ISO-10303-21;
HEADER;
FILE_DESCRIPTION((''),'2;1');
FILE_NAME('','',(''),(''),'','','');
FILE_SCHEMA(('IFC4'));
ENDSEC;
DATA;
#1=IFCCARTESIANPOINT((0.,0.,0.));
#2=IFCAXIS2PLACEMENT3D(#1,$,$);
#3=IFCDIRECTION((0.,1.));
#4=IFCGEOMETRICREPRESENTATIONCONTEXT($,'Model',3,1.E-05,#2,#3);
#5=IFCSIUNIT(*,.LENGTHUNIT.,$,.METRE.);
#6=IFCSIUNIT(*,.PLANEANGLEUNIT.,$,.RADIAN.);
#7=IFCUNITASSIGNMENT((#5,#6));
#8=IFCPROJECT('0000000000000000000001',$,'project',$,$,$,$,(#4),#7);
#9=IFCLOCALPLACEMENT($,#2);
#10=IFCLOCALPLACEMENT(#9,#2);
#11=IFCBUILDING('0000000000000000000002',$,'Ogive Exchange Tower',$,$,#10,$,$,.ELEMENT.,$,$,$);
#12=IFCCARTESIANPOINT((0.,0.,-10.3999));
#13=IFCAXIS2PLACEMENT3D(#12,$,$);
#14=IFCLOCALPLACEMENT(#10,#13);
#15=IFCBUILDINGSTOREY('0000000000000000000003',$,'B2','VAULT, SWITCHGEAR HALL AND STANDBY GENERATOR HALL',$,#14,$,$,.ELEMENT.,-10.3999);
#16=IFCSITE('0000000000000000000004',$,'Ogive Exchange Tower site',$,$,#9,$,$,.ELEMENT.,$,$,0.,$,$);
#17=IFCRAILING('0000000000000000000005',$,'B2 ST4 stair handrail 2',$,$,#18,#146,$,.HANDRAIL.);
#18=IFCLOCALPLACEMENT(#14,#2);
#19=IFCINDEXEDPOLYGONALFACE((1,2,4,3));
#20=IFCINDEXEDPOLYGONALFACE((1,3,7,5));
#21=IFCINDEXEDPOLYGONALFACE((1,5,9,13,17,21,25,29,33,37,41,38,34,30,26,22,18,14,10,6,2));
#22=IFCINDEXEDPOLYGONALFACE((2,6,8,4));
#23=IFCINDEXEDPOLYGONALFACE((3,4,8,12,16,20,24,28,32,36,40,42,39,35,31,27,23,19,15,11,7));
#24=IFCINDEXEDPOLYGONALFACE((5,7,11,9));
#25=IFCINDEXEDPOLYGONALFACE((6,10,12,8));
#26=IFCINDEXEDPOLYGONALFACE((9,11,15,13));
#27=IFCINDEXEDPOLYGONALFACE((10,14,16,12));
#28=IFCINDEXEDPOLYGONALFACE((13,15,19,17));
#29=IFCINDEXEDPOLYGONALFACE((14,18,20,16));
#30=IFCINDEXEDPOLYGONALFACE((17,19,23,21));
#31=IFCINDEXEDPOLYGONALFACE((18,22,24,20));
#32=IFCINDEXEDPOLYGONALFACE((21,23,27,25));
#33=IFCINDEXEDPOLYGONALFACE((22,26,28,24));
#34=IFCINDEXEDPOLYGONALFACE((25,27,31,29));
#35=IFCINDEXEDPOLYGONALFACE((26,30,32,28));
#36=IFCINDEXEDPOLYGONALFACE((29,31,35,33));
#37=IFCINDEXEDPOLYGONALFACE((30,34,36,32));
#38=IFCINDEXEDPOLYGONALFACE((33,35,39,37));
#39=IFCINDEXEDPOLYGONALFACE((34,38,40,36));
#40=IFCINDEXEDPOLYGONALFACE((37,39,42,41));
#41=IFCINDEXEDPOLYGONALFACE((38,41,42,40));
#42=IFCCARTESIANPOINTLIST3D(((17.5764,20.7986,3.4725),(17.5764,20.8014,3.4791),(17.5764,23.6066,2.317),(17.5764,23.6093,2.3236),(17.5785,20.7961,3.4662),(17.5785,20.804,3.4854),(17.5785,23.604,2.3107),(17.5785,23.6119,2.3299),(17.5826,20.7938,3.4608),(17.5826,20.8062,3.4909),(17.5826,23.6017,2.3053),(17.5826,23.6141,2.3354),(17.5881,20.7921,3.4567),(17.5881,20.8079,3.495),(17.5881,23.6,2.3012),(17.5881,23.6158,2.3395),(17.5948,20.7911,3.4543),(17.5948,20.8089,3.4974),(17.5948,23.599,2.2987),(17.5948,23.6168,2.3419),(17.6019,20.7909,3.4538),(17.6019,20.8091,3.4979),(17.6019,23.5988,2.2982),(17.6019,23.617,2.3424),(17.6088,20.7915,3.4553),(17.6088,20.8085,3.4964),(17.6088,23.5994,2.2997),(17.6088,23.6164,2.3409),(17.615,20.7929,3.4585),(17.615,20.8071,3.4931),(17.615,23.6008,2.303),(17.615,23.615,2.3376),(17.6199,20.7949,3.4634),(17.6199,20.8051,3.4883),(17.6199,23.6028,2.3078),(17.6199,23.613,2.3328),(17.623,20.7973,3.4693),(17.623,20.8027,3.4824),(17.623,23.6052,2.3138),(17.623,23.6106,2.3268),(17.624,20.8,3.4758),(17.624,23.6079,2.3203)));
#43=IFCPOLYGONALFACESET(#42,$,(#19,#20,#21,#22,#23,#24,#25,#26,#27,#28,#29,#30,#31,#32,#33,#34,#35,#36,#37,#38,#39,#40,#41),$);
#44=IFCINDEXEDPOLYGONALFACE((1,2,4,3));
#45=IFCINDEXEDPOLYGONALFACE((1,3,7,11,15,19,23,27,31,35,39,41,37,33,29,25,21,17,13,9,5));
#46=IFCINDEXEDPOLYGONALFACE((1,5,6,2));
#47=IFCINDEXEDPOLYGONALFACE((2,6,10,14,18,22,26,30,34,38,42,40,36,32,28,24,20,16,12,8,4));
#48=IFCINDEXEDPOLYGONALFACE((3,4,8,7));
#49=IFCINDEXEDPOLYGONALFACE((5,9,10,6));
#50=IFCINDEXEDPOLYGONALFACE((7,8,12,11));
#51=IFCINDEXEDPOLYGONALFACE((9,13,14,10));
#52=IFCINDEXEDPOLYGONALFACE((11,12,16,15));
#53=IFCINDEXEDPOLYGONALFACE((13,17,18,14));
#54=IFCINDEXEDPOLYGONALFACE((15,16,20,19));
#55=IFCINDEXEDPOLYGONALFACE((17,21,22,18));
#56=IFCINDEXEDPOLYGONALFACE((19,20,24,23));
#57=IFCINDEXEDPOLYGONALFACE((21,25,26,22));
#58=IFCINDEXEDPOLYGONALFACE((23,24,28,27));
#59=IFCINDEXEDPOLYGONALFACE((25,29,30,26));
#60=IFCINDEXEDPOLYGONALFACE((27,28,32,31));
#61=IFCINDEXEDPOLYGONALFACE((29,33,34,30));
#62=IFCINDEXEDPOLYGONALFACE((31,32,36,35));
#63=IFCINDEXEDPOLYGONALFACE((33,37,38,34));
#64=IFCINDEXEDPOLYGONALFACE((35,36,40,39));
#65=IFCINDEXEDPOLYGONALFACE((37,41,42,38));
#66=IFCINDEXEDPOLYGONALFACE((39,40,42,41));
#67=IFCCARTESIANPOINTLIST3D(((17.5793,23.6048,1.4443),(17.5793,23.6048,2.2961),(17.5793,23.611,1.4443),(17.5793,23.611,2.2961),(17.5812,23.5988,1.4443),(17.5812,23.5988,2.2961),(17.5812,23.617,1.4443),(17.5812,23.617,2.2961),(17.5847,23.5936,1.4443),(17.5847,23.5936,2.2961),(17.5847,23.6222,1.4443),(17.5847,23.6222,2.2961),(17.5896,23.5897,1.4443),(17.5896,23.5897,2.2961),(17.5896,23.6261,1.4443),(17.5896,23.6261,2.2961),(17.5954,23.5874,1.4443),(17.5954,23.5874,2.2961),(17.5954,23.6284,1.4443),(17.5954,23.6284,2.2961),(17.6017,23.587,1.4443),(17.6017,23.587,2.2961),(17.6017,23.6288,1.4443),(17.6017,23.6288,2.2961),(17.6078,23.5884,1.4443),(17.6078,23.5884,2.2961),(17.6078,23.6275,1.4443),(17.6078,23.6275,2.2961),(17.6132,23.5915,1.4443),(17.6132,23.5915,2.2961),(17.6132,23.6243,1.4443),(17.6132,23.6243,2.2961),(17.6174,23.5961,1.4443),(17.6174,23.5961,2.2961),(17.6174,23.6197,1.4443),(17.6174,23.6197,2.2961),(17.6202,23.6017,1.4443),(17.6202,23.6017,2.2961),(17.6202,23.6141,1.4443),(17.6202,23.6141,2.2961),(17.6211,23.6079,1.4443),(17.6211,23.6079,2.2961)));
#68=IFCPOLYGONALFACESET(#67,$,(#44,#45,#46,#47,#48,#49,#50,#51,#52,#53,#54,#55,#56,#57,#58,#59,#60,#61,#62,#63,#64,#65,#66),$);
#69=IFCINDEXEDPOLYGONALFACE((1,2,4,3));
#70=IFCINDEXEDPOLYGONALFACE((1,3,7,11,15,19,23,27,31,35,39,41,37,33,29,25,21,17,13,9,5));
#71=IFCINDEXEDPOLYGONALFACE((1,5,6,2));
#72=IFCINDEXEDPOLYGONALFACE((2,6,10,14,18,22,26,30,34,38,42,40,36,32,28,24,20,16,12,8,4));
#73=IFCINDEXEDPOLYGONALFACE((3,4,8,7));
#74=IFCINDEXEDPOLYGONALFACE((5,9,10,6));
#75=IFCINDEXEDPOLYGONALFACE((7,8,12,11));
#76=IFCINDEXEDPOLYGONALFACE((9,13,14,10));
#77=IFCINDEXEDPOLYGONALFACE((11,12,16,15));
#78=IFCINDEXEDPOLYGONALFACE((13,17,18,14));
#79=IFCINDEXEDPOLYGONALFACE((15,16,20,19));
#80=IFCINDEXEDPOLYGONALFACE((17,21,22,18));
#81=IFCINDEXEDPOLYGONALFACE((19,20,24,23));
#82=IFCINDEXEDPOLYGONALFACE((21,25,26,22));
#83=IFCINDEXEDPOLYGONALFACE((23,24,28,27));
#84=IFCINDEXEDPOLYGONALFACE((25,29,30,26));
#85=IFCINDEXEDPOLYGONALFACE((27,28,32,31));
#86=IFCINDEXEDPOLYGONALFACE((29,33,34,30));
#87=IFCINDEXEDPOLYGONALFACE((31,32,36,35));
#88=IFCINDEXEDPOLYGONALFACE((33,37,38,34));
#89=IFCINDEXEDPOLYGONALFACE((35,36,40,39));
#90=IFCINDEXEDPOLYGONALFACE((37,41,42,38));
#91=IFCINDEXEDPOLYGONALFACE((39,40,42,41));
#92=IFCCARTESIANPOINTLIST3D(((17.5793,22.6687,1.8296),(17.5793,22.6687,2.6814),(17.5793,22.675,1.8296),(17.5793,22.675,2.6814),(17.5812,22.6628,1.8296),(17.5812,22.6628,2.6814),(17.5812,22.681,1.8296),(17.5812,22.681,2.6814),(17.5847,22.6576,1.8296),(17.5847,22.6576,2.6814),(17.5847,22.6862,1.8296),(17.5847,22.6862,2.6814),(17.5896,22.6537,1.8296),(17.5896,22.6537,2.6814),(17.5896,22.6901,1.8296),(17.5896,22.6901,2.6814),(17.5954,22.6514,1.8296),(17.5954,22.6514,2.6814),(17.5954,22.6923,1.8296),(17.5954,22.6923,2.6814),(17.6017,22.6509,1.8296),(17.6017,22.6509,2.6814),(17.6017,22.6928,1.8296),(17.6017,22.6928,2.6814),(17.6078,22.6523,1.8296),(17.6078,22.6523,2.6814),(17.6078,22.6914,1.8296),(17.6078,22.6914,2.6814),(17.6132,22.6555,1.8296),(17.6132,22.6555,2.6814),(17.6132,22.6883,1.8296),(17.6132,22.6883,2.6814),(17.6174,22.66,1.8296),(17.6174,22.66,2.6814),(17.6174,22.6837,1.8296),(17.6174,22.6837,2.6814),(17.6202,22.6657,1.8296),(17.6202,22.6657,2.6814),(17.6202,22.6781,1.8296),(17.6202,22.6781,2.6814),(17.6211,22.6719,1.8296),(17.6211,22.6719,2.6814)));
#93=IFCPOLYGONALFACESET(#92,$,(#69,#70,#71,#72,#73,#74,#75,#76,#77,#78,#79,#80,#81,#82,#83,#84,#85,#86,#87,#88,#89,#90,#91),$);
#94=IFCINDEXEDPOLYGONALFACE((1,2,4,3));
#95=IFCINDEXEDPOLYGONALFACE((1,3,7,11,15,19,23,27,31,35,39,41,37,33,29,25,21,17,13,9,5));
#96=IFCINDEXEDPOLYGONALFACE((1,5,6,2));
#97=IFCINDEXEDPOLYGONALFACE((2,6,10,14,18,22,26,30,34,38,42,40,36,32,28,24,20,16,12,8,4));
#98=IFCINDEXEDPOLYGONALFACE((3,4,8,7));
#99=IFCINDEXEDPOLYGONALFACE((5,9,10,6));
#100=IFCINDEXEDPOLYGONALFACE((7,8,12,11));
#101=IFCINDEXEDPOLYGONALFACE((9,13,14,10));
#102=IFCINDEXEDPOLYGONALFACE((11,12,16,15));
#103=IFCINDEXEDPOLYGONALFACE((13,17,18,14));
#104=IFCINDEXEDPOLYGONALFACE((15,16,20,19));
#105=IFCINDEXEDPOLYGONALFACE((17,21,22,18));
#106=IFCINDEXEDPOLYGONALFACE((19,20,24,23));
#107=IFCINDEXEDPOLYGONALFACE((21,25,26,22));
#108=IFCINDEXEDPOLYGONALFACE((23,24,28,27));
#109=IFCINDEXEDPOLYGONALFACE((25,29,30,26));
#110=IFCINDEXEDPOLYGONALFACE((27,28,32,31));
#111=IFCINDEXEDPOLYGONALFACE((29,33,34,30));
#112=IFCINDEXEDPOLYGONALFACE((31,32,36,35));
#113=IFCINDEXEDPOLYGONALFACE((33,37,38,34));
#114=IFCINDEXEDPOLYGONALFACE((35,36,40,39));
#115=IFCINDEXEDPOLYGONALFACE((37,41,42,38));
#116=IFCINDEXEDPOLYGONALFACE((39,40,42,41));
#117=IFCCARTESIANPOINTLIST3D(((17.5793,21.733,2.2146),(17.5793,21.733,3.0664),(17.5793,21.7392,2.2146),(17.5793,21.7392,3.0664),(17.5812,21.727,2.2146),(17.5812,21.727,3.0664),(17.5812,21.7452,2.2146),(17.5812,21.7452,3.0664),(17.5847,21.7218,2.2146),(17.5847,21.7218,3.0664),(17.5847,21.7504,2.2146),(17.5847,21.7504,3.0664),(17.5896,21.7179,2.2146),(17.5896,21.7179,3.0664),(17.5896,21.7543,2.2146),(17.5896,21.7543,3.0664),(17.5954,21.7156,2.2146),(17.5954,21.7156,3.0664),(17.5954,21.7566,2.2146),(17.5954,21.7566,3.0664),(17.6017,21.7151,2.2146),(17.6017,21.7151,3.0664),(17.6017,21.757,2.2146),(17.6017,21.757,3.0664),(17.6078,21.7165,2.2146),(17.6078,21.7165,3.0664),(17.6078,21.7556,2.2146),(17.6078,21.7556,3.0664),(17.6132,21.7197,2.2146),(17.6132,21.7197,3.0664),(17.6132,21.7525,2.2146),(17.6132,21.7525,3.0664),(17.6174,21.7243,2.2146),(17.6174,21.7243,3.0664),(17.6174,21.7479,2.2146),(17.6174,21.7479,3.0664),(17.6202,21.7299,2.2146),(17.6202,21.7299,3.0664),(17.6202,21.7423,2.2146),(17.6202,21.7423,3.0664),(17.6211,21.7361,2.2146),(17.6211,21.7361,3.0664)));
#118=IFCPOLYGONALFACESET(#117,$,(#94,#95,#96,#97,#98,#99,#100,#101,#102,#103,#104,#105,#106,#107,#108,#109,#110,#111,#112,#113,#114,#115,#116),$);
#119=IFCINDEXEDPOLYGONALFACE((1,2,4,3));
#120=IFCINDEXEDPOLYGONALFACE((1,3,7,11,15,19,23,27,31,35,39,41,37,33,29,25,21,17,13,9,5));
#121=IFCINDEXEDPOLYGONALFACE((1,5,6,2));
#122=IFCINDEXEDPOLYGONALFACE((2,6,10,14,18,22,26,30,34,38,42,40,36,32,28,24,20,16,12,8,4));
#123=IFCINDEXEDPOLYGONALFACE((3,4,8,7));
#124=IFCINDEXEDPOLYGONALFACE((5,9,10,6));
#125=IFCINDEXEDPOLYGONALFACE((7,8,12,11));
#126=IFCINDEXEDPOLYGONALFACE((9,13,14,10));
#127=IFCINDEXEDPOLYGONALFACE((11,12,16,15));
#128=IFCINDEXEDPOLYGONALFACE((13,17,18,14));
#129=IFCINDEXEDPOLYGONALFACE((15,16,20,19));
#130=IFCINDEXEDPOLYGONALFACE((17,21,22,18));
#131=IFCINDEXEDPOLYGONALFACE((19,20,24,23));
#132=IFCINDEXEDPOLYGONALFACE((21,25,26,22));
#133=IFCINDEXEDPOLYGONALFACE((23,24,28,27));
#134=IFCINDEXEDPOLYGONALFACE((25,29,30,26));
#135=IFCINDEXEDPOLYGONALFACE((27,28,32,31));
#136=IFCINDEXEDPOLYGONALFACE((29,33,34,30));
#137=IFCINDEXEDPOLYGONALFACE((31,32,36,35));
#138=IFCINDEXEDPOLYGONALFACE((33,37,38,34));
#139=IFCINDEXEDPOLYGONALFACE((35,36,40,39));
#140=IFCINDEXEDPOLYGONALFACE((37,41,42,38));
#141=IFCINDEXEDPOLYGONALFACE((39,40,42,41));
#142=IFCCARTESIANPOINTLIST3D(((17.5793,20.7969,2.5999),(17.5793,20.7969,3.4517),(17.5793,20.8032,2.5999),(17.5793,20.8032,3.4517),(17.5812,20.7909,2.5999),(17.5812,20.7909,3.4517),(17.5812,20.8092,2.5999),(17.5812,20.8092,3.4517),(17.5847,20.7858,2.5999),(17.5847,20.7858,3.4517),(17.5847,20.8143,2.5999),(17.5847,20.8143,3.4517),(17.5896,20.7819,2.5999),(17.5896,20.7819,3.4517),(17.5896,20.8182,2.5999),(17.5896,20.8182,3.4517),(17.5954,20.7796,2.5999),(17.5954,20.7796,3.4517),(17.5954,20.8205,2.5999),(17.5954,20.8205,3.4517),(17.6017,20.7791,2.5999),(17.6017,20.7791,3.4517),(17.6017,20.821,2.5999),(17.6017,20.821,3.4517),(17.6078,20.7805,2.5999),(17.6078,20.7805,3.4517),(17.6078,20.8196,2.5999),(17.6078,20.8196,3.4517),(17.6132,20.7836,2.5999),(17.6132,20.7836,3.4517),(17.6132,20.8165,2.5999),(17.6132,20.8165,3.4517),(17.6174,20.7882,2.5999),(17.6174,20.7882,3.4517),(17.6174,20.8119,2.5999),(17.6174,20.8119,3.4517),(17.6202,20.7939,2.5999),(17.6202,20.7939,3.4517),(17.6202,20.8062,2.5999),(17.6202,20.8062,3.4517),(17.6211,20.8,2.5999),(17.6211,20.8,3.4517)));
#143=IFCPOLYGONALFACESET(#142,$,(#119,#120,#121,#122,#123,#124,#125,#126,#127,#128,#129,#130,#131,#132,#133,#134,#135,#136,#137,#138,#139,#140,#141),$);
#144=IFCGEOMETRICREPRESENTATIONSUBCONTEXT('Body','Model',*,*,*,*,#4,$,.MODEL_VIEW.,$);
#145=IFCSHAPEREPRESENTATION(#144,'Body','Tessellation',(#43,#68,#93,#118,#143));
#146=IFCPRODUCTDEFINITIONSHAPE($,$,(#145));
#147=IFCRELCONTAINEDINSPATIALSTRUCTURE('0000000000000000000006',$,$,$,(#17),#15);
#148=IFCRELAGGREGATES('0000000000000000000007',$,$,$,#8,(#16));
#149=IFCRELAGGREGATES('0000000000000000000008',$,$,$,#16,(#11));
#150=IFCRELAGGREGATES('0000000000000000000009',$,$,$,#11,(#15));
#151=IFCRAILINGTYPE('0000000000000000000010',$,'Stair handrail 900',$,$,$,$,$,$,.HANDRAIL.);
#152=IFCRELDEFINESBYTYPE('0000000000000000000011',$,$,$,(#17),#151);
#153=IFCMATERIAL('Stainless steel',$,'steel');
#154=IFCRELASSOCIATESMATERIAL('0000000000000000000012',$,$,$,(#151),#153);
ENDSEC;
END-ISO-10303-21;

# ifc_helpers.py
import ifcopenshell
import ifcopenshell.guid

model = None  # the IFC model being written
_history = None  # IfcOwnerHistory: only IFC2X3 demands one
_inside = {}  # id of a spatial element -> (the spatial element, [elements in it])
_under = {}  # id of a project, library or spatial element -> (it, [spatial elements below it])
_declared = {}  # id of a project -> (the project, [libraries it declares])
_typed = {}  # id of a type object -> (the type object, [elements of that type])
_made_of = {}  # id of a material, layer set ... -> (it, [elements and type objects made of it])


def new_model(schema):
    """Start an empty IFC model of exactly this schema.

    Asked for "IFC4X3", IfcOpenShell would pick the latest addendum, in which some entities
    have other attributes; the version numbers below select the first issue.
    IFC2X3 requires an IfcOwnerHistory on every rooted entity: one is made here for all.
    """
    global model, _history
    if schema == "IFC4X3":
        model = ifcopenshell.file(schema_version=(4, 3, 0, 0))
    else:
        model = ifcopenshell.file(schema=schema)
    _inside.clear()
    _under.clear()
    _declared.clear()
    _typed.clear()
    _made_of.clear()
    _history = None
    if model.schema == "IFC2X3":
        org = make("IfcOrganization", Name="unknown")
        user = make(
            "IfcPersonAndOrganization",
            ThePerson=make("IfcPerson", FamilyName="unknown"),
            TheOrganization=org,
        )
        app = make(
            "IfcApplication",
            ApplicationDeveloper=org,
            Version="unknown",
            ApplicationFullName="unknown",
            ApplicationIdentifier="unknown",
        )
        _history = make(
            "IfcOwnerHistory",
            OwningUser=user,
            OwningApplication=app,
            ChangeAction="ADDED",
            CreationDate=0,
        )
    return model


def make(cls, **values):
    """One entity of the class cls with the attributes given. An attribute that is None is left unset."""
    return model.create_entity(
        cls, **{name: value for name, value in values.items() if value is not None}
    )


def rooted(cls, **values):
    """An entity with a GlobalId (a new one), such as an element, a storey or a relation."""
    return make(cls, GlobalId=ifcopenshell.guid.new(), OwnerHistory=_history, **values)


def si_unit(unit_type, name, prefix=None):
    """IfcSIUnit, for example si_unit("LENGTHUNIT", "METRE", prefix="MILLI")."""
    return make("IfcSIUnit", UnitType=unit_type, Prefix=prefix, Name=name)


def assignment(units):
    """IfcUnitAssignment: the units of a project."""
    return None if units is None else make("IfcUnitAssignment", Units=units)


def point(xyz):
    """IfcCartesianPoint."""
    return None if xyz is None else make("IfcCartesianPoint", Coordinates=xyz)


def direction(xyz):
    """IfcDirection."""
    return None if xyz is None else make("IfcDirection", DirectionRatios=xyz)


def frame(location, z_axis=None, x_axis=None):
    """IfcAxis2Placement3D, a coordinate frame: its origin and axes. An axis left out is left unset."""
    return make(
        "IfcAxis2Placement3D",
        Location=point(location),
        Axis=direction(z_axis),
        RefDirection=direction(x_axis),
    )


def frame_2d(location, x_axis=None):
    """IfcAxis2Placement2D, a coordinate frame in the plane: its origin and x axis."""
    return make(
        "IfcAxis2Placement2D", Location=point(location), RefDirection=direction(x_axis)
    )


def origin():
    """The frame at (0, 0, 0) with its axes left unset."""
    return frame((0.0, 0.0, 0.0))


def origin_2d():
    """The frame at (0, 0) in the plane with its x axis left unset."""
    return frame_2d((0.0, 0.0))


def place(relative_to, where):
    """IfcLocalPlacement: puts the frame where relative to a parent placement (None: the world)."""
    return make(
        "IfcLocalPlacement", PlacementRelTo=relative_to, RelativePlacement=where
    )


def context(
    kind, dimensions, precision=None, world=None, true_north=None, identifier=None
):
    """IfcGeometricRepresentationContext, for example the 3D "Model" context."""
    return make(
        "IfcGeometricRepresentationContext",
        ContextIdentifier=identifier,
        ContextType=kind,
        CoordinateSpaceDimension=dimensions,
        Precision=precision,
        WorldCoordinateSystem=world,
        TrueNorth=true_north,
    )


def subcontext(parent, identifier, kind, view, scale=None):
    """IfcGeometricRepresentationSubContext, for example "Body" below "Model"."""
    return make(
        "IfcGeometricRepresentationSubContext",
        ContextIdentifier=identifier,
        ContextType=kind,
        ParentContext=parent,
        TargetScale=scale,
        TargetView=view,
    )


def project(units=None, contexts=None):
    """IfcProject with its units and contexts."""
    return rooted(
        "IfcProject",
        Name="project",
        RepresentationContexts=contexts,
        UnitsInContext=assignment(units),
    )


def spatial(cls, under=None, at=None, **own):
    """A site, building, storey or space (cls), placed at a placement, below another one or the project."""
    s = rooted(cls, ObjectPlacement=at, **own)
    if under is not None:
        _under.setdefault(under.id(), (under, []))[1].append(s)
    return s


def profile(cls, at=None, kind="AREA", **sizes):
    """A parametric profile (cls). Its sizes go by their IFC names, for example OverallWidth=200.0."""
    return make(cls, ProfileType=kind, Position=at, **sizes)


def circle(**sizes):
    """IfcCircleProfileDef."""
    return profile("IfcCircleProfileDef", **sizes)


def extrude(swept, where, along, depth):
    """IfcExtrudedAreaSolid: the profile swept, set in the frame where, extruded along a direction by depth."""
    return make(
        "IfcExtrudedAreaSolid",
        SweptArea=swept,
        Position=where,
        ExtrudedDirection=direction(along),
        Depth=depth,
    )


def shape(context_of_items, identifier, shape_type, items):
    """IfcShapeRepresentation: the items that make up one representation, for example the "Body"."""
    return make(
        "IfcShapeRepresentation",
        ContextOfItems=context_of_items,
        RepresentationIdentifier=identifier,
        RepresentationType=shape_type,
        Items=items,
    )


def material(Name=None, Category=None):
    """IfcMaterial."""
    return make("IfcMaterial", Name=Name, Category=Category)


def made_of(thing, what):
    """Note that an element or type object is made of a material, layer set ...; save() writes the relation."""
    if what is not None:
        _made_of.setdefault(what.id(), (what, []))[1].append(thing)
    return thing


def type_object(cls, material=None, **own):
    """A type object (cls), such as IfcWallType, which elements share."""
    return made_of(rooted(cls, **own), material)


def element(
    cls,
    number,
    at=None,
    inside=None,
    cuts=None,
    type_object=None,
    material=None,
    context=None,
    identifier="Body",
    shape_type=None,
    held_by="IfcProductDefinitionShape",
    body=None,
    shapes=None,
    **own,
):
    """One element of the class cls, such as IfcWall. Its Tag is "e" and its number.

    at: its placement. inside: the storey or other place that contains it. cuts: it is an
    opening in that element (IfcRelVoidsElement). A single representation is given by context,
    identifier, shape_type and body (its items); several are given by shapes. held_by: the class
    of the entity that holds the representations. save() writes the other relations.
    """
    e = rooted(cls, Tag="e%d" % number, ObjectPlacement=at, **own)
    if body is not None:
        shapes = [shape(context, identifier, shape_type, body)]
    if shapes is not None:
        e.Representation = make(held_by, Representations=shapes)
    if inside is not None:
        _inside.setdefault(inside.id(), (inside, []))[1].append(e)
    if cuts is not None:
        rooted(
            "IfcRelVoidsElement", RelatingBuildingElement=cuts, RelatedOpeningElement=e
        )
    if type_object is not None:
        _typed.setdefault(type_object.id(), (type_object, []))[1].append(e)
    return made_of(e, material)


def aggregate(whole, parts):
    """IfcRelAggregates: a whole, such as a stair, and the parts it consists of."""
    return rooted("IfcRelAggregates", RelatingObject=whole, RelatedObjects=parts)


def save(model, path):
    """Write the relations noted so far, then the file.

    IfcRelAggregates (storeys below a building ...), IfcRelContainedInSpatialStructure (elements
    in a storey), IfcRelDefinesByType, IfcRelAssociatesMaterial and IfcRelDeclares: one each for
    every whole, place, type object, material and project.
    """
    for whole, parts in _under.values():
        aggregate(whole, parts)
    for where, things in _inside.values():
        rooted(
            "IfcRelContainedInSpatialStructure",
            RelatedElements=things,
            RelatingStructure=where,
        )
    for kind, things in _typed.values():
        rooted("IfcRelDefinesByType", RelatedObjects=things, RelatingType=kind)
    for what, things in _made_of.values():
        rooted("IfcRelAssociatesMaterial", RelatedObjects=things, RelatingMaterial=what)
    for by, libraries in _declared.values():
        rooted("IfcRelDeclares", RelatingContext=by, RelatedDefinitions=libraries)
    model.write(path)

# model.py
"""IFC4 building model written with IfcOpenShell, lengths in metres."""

from ifc_helpers import new_model, si_unit, direction, frame, origin, origin_2d, place, context, subcontext, project, spatial, circle, extrude, material, type_object, element, save


model = new_model("IFC4")

# Units and contexts
model_context = context("Model", 3, precision=1e-05, world=origin(), true_north=direction((0.0, 1.0)))
body_context = subcontext(model_context, "Body", "Model", "MODEL_VIEW")
ifc_project = project(units=[si_unit("LENGTHUNIT", "METRE"), si_unit("PLANEANGLEUNIT", "RADIAN")], contexts=[model_context])

# Site, building, storey
site_placement = place(None, origin())
site = spatial("IfcSite", under=ifc_project, at=site_placement, Name="Ogive Exchange Tower site", CompositionType="ELEMENT", RefElevation=0.0)
building_placement = place(site_placement, origin())
building = spatial("IfcBuilding", under=site, at=building_placement, Name="Ogive Exchange Tower", CompositionType="ELEMENT")
storey_placement = place(building_placement, frame((0.0, 0.0, -10.3999)))
storey = spatial("IfcBuildingStorey", under=building, at=storey_placement, Name="B2", Description="VAULT, SWITCHGEAR HALL AND STANDBY GENERATOR HALL", CompositionType="ELEMENT", Elevation=-10.3999)

# Railing
ifc_material_1 = material(Name="Stainless steel", Category="steel")
railing_type = type_object("IfcRailingType", Name="Stair handrail 900", PredefinedType="HANDRAIL", material=ifc_material_1)
railing_1_placement = place(storey_placement, frame((17.6001, 23.6079, 1.4443)))
element("IfcRailing", 1, at=railing_1_placement, inside=storey, type_object=railing_type, Name="B2 ST4 stair handrail 2", PredefinedType="HANDRAIL", context=body_context, shape_type="SweptSolid", body=[
    extrude(circle(Radius=0.0239, at=origin_2d()), frame((0.0, 0.0, 0.876), z_axis=(0.0, -0.924755, 0.380564), x_axis=(1.0, 0.0, 0.0)), (0.0, 0.0, 1.0), 3.0364),
    extrude(circle(Radius=0.021, at=origin_2d()), origin(), (0.0, 0.0, 1.0), 0.8518),
    extrude(circle(Radius=0.021, at=origin_2d()), frame((0.0, -0.936, 0.3853)), (0.0, 0.0, 1.0), 0.8518),
    extrude(circle(Radius=0.021, at=origin_2d()), frame((0.0, -1.8718, 0.7703)), (0.0, 0.0, 1.0), 0.8518),
    extrude(circle(Radius=0.021, at=origin_2d()), frame((0.0, -2.8079, 1.1555)), (0.0, 0.0, 1.0), 0.8518),
])

save(model, "model.ifc")
